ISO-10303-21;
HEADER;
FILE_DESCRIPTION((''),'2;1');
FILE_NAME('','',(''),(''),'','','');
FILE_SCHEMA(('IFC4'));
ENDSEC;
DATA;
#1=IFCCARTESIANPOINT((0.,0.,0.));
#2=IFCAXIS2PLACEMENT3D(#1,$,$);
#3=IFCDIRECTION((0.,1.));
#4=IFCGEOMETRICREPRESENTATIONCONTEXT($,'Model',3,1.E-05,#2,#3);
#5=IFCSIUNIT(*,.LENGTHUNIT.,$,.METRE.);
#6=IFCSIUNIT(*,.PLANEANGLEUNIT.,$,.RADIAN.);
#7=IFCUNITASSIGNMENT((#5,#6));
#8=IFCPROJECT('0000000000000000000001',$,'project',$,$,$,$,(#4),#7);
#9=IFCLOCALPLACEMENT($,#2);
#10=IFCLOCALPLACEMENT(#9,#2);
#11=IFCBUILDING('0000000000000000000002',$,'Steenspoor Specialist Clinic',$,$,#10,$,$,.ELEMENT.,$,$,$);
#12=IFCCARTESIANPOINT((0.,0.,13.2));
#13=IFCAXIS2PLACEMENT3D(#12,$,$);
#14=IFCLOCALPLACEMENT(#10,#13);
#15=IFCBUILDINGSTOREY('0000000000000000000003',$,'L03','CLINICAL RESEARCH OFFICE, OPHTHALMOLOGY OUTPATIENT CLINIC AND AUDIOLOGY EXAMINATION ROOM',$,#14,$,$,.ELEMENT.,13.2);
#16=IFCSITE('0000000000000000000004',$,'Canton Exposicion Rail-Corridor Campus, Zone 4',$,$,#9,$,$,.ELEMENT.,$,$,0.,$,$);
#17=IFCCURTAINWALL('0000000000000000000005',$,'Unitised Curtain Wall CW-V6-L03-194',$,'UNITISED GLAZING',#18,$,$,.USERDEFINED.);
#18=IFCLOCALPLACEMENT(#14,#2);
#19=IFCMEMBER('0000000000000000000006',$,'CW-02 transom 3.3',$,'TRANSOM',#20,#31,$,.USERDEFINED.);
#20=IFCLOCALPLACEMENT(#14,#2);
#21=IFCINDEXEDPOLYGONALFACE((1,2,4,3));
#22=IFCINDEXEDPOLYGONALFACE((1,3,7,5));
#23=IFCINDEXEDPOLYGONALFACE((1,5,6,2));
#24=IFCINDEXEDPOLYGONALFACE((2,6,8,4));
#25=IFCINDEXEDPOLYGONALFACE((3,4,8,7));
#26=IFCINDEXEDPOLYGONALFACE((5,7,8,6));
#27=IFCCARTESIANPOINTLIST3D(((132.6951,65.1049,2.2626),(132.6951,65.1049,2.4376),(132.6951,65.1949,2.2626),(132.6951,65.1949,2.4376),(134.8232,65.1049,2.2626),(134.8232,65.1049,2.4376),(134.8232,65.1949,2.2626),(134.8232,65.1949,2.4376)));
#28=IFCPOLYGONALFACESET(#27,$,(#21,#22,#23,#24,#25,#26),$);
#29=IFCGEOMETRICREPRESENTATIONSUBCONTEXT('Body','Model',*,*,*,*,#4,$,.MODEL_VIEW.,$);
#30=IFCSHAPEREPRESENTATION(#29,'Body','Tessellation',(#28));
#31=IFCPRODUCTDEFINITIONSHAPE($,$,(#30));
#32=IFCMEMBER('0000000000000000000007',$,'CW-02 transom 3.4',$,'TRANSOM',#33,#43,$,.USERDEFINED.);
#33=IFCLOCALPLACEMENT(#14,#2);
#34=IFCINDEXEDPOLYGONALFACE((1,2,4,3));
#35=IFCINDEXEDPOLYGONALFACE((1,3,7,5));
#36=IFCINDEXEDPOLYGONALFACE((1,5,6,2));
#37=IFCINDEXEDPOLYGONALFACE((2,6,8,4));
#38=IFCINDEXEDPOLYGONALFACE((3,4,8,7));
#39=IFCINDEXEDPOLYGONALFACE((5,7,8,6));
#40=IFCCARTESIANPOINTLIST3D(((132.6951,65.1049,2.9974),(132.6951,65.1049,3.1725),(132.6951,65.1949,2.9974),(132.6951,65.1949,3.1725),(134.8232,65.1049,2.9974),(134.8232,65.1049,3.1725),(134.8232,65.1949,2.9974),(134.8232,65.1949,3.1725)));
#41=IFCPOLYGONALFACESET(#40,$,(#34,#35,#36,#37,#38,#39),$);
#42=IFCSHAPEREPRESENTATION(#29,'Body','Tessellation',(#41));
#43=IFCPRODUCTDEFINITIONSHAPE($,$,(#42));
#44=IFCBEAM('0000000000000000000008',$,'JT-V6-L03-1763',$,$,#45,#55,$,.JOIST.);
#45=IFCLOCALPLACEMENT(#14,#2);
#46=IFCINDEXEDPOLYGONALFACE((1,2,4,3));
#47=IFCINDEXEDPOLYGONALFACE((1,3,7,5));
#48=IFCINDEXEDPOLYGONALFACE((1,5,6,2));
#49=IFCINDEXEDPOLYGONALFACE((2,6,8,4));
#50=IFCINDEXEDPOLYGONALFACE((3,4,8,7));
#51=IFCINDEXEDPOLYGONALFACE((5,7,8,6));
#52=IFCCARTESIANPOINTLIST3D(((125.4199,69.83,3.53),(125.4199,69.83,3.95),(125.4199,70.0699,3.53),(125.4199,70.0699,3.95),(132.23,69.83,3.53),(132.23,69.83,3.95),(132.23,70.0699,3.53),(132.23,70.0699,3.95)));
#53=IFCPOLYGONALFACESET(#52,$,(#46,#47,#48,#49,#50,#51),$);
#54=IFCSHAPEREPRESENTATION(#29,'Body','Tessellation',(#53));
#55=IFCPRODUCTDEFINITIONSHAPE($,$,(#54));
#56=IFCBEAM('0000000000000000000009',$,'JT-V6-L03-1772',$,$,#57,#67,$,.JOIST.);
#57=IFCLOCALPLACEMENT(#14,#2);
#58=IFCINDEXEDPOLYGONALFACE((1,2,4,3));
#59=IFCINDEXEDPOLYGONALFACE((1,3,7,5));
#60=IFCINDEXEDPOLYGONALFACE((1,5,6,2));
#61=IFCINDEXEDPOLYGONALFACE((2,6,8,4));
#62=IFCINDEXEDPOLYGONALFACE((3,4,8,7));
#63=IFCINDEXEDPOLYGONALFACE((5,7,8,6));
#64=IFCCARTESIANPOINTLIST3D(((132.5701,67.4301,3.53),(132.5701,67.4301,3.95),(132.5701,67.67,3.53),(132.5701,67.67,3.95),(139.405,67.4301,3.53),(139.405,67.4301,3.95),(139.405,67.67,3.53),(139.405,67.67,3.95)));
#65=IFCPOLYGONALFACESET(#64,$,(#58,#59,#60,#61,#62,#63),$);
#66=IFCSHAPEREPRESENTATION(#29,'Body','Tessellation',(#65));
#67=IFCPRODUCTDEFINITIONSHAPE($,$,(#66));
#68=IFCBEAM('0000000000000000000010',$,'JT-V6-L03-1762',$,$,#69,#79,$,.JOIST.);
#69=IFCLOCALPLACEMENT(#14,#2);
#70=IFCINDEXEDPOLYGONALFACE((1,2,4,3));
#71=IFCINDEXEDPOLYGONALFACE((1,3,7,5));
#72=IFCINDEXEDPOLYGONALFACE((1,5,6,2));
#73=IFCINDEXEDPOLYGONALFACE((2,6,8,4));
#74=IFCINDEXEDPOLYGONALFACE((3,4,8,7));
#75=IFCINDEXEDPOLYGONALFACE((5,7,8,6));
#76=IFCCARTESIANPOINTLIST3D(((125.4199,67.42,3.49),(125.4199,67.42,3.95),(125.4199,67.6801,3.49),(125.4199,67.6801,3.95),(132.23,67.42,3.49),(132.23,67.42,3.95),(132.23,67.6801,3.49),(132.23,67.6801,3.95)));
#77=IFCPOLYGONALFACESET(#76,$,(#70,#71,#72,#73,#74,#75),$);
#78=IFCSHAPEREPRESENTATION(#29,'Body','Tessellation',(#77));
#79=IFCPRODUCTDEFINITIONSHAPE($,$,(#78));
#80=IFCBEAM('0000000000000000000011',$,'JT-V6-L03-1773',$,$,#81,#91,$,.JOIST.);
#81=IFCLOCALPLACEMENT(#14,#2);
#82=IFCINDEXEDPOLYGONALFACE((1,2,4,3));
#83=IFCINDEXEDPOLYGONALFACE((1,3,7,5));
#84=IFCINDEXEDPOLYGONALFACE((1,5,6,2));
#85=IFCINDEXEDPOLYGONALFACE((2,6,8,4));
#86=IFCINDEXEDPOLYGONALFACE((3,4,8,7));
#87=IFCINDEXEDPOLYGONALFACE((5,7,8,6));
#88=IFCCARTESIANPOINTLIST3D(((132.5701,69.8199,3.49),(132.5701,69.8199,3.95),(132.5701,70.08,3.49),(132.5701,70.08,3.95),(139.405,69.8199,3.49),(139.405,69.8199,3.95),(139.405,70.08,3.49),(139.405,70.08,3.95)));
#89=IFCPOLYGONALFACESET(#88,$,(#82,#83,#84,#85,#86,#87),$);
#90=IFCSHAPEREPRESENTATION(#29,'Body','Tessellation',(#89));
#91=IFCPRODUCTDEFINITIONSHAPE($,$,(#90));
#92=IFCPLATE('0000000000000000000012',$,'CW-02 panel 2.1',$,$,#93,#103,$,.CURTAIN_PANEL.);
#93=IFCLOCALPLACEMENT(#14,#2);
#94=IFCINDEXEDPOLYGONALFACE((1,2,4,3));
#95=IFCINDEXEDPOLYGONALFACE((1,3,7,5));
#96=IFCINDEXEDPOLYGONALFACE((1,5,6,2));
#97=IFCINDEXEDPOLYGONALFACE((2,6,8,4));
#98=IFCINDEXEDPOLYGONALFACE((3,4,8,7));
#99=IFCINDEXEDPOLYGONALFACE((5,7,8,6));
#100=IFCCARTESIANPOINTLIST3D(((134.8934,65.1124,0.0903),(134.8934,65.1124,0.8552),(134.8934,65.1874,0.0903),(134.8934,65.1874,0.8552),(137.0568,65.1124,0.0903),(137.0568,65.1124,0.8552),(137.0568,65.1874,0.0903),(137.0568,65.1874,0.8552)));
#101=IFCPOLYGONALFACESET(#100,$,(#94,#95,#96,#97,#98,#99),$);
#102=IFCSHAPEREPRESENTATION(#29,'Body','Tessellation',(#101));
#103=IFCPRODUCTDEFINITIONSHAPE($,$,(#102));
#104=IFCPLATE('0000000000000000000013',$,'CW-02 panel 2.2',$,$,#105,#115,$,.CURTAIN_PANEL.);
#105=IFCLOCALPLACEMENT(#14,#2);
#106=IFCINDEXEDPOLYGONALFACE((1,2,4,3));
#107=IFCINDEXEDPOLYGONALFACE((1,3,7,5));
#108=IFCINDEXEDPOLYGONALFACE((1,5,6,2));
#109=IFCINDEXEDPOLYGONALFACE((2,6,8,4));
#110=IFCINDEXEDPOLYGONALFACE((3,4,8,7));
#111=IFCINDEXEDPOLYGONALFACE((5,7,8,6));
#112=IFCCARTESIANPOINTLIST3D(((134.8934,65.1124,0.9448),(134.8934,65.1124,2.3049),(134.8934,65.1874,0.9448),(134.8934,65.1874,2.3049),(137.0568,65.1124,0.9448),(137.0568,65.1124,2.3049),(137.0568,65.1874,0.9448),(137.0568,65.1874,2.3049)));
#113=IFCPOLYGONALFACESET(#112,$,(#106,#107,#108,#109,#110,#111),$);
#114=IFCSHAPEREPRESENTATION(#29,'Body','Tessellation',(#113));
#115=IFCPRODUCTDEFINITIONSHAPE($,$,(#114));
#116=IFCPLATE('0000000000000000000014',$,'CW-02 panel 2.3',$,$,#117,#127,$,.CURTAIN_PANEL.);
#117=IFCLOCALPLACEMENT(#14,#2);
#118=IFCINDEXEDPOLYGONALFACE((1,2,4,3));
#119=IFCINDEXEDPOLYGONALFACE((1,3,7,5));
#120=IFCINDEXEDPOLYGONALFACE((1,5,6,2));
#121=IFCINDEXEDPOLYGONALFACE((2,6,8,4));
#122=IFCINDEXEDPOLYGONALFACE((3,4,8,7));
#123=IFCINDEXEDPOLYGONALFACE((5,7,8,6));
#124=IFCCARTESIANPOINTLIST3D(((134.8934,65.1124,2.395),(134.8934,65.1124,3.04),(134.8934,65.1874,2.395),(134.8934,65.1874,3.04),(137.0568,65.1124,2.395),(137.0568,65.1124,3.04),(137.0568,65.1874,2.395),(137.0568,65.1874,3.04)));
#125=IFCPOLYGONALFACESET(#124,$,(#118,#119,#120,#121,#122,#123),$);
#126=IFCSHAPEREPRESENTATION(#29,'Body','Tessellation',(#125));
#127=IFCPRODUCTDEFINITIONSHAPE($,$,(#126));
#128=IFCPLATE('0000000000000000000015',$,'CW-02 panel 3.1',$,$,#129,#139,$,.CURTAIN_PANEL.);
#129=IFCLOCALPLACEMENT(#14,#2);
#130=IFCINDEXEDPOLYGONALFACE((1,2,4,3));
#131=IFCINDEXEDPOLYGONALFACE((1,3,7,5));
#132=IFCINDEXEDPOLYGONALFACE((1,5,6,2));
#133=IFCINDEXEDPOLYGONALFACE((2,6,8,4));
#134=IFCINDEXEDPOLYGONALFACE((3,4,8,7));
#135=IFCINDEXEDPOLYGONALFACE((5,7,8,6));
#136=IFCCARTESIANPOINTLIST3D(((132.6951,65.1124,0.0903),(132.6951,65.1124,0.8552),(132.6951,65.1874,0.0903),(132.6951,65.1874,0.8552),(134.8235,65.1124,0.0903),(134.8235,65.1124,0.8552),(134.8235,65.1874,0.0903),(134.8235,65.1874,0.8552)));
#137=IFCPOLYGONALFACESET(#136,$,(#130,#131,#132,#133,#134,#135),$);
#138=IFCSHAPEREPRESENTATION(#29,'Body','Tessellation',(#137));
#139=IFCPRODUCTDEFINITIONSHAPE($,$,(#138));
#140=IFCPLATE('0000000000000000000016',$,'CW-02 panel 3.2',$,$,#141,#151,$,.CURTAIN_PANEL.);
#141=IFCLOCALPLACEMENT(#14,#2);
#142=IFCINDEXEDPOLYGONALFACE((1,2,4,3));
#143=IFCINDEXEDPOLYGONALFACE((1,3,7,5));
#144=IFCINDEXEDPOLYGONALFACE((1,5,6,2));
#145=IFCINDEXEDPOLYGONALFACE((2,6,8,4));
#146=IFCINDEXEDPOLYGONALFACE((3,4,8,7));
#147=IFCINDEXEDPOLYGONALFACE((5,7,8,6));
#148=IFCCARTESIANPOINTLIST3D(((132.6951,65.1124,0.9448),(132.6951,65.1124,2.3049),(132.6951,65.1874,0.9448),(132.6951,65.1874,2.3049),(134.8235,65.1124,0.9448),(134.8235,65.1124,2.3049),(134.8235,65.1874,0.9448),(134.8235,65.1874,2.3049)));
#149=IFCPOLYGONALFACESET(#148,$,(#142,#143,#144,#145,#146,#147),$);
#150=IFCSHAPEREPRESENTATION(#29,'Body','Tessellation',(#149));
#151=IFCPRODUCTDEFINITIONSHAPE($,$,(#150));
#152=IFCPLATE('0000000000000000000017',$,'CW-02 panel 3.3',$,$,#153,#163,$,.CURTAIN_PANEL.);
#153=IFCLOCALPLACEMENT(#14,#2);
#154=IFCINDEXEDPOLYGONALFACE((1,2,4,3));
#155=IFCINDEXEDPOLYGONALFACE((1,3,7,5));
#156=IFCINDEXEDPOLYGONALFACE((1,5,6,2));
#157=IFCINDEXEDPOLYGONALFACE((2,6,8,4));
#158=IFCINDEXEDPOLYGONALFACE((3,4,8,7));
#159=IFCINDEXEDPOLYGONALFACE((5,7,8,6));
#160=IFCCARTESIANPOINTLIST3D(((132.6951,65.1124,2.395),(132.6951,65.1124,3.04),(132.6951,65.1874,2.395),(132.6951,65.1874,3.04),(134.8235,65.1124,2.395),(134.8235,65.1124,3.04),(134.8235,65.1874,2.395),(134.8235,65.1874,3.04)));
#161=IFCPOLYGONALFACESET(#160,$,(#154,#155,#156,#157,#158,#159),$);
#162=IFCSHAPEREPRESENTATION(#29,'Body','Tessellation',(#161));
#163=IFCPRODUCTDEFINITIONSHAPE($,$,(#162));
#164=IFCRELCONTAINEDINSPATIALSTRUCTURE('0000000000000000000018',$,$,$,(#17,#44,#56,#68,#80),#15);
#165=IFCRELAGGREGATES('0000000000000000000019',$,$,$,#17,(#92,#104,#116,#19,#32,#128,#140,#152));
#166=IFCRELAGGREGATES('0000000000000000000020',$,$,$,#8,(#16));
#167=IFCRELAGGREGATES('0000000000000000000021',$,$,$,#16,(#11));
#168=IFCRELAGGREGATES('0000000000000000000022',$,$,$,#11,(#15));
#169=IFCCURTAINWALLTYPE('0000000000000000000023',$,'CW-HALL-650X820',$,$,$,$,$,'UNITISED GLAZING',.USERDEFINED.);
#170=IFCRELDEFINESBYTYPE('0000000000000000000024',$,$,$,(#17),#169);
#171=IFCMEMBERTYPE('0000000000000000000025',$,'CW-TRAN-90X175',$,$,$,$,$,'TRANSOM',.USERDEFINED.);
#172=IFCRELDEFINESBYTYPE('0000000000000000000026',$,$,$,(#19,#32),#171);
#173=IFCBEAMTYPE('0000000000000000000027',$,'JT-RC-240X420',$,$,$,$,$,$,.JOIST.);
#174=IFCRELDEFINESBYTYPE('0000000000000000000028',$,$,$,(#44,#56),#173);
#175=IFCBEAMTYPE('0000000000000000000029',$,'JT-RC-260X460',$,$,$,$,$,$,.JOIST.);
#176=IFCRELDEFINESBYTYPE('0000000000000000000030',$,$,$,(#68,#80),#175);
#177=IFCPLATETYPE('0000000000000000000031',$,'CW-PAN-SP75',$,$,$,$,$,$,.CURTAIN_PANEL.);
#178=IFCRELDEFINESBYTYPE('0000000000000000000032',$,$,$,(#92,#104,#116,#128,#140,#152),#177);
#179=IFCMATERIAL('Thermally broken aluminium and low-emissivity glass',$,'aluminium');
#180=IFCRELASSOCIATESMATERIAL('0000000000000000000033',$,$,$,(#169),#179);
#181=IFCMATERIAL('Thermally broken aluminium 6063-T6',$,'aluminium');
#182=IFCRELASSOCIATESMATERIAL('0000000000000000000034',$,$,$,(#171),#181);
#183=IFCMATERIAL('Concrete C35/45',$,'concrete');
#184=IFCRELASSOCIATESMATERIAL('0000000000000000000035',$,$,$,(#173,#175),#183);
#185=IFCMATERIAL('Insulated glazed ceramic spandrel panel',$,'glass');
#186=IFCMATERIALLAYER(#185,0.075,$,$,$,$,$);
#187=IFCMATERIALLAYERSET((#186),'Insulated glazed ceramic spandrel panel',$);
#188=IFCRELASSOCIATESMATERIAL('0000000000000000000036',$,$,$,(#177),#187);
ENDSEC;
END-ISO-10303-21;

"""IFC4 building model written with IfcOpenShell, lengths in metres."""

from ifc_helpers import new_model, si_unit, direction, frame, origin, origin_2d, place, context, subcontext, project, spatial, rectangle, extrude, material, layer, layer_set, material_profile, profile_set, type_object, element, aggregate, save


model = new_model("IFC4")

# Units and contexts
model_context = context("Model", 3, precision=1e-05, world=origin(), true_north=direction((0.0, 1.0)))
body_context = subcontext(model_context, "Body", "Model", "MODEL_VIEW")
ifc_project = project(units=[si_unit("LENGTHUNIT", "METRE"), si_unit("PLANEANGLEUNIT", "RADIAN")], contexts=[model_context])

# Site, building, storey
site_placement = place(None, origin())
site = spatial("IfcSite", under=ifc_project, at=site_placement, Name="Canton Exposicion Rail-Corridor Campus, Zone 4", CompositionType="ELEMENT", RefElevation=0.0)
building_placement = place(site_placement, origin())
building = spatial("IfcBuilding", under=site, at=building_placement, Name="Steenspoor Specialist Clinic", CompositionType="ELEMENT")
storey_placement = place(building_placement, frame((0.0, 0.0, 13.2)))
storey = spatial("IfcBuildingStorey", under=building, at=storey_placement, Name="L03", Description="CLINICAL RESEARCH OFFICE, OPHTHALMOLOGY OUTPATIENT CLINIC AND AUDIOLOGY EXAMINATION ROOM", CompositionType="ELEMENT", Elevation=13.2)

# Shared definitions
ifc_material_1 = material(Name="Concrete C35/45", Category="concrete")

# Shared definitions
ifc_material_2 = material(Name="Thermally broken aluminium and low-emissivity glass", Category="aluminium")
ifc_material_3 = material(Name="Thermally broken aluminium 6063-T6", Category="aluminium")

# Curtain wall, members
curtain_wall_type_1 = type_object("IfcCurtainWallType", Name="CW-HALL-650X820", ElementType="UNITISED GLAZING", PredefinedType="USERDEFINED", material=ifc_material_2)
curtain_wall_1_placement = place(storey_placement, origin())
curtain_wall_1 = element("IfcCurtainWall", 1, at=curtain_wall_1_placement, inside=storey, type_object=curtain_wall_type_1, Name="Unitised Curtain Wall CW-V6-L03-194", ObjectType="UNITISED GLAZING", PredefinedType="USERDEFINED")
ifc_material_profile_1 = material_profile(ifc_material_3, rectangle(XDim=0.0901, YDim=0.175, at=origin_2d()), Name="CWT-90X175")
ifc_profile_set_1 = profile_set([ifc_material_profile_1], Name="Thermally broken aluminium 6063-T6")
member_type_1 = type_object("IfcMemberType", Name="CW-TRAN-90X175", ElementType="TRANSOM", PredefinedType="USERDEFINED", material=ifc_profile_set_1)
member_1_placement = place(storey_placement, frame((134.8232, 65.1499, 2.3501), z_axis=(-1.0, 0.0, 0.0), x_axis=(0.0, -1.0, 0.0)))
member_1 = element("IfcMember", 2, at=member_1_placement, type_object=member_type_1, Name="CW-02 transom 3.3", ObjectType="TRANSOM", PredefinedType="USERDEFINED", context=body_context, shape_type="SweptSolid", body=[
    extrude(rectangle(XDim=0.0901, YDim=0.175, at=origin_2d()), origin(), (0.0, 0.0, 1.0), 2.1282),
])
member_2_placement = place(storey_placement, frame((134.8232, 65.1499, 3.085), z_axis=(-1.0, 0.0, 0.0), x_axis=(0.0, -1.0, 0.0)))
member_2 = element("IfcMember", 3, at=member_2_placement, type_object=member_type_1, Name="CW-02 transom 3.4", ObjectType="TRANSOM", PredefinedType="USERDEFINED", context=body_context, shape_type="SweptSolid", body=[
    extrude(rectangle(XDim=0.0901, YDim=0.175, at=origin_2d()), origin(), (0.0, 0.0, 1.0), 2.1282),
])

# Beams
ifc_material_profile_2 = material_profile(ifc_material_1, rectangle(XDim=0.24, YDim=0.4199, at=origin_2d()), Name="RC-JT-240X420")
ifc_profile_set_2 = profile_set([ifc_material_profile_2], Name="Concrete C35/45")
beam_type_1 = type_object("IfcBeamType", Name="JT-RC-240X420", PredefinedType="JOIST", material=ifc_profile_set_2)
beam_1_placement = place(storey_placement, frame((125.4199, 69.95, 3.74), z_axis=(1.0, 0.0, 0.0), x_axis=(0.0, 1.0, 0.0)))
element("IfcBeam", 4, at=beam_1_placement, inside=storey, type_object=beam_type_1, Name="JT-V6-L03-1763", PredefinedType="JOIST", context=body_context, shape_type="SweptSolid", body=[
    extrude(rectangle(XDim=0.24, YDim=0.4199, at=origin_2d()), origin(), (0.0, 0.0, 1.0), 6.8101),
])
beam_2_placement = place(storey_placement, frame((132.5701, 67.55, 3.74), z_axis=(1.0, 0.0, 0.0), x_axis=(0.0, 1.0, 0.0)))
element("IfcBeam", 5, at=beam_2_placement, inside=storey, type_object=beam_type_1, Name="JT-V6-L03-1772", PredefinedType="JOIST", context=body_context, shape_type="SweptSolid", body=[
    extrude(rectangle(XDim=0.24, YDim=0.4199, at=origin_2d()), origin(), (0.0, 0.0, 1.0), 6.835),
])
ifc_material_profile_3 = material_profile(ifc_material_1, rectangle(XDim=0.26, YDim=0.46, at=origin_2d()), Name="RC-JT-260X460")
ifc_profile_set_3 = profile_set([ifc_material_profile_3], Name="Concrete C35/45")
beam_type_2 = type_object("IfcBeamType", Name="JT-RC-260X460", PredefinedType="JOIST", material=ifc_profile_set_3)
beam_3_placement = place(storey_placement, frame((125.4199, 67.55, 3.72), z_axis=(1.0, 0.0, 0.0), x_axis=(0.0, 1.0, 0.0)))
element("IfcBeam", 6, at=beam_3_placement, inside=storey, type_object=beam_type_2, Name="JT-V6-L03-1762", PredefinedType="JOIST", context=body_context, shape_type="SweptSolid", body=[
    extrude(rectangle(XDim=0.26, YDim=0.46, at=origin_2d()), origin(), (0.0, 0.0, 1.0), 6.8101),
])
beam_4_placement = place(storey_placement, frame((132.5701, 69.95, 3.72), z_axis=(1.0, 0.0, 0.0), x_axis=(0.0, 1.0, 0.0)))
element("IfcBeam", 7, at=beam_4_placement, inside=storey, type_object=beam_type_2, Name="JT-V6-L03-1773", PredefinedType="JOIST", context=body_context, shape_type="SweptSolid", body=[
    extrude(rectangle(XDim=0.26, YDim=0.46, at=origin_2d()), origin(), (0.0, 0.0, 1.0), 6.835),
])

# Plates
ifc_material_4 = material(Name="Insulated glazed ceramic spandrel panel", Category="glass")
ifc_layer_1 = layer(ifc_material_4, 0.075)
ifc_layer_set_1 = layer_set([ifc_layer_1], Name="Insulated glazed ceramic spandrel panel")
plate_type = type_object("IfcPlateType", Name="CW-PAN-SP75", PredefinedType="CURTAIN_PANEL", material=ifc_layer_set_1)
plate_1_placement = place(storey_placement, frame((135.9751, 65.1499, 0.0903), z_axis=(0.0, 0.0, 1.0), x_axis=(-1.0, 0.0, 0.0)))
plate_1 = element("IfcPlate", 8, at=plate_1_placement, type_object=plate_type, Name="CW-02 panel 2.1", PredefinedType="CURTAIN_PANEL", context=body_context, shape_type="SweptSolid", body=[
    extrude(rectangle(XDim=2.1633, YDim=0.075, at=origin_2d()), origin(), (0.0, 0.0, 1.0), 0.7649),
])
plate_2_placement = place(storey_placement, frame((135.9751, 65.1499, 0.9448), z_axis=(0.0, 0.0, 1.0), x_axis=(-1.0, 0.0, 0.0)))
plate_2 = element("IfcPlate", 9, at=plate_2_placement, type_object=plate_type, Name="CW-02 panel 2.2", PredefinedType="CURTAIN_PANEL", context=body_context, shape_type="SweptSolid", body=[
    extrude(rectangle(XDim=2.1633, YDim=0.075, at=origin_2d()), origin(), (0.0, 0.0, 1.0), 1.3601),
])
plate_3_placement = place(storey_placement, frame((135.9751, 65.1499, 2.395), z_axis=(0.0, 0.0, 1.0), x_axis=(-1.0, 0.0, 0.0)))
plate_3 = element("IfcPlate", 10, at=plate_3_placement, type_object=plate_type, Name="CW-02 panel 2.3", PredefinedType="CURTAIN_PANEL", context=body_context, shape_type="SweptSolid", body=[
    extrude(rectangle(XDim=2.1633, YDim=0.075, at=origin_2d()), origin(), (0.0, 0.0, 1.0), 0.645),
])
plate_4_placement = place(storey_placement, frame((133.7593, 65.1499, 0.0903), z_axis=(0.0, 0.0, 1.0), x_axis=(-1.0, 0.0, 0.0)))
plate_4 = element("IfcPlate", 11, at=plate_4_placement, type_object=plate_type, Name="CW-02 panel 3.1", PredefinedType="CURTAIN_PANEL", context=body_context, shape_type="SweptSolid", body=[
    extrude(rectangle(XDim=2.1284, YDim=0.075, at=origin_2d()), origin(), (0.0, 0.0, 1.0), 0.7649),
])
plate_5_placement = place(storey_placement, frame((133.7593, 65.1499, 0.9448), z_axis=(0.0, 0.0, 1.0), x_axis=(-1.0, 0.0, 0.0)))
plate_5 = element("IfcPlate", 12, at=plate_5_placement, type_object=plate_type, Name="CW-02 panel 3.2", PredefinedType="CURTAIN_PANEL", context=body_context, shape_type="SweptSolid", body=[
    extrude(rectangle(XDim=2.1284, YDim=0.075, at=origin_2d()), origin(), (0.0, 0.0, 1.0), 1.3601),
])
plate_6_placement = place(storey_placement, frame((133.7593, 65.1499, 2.395), z_axis=(0.0, 0.0, 1.0), x_axis=(-1.0, 0.0, 0.0)))
plate_6 = element("IfcPlate", 13, at=plate_6_placement, type_object=plate_type, Name="CW-02 panel 3.3", PredefinedType="CURTAIN_PANEL", context=body_context, shape_type="SweptSolid", body=[
    extrude(rectangle(XDim=2.1284, YDim=0.075, at=origin_2d()), origin(), (0.0, 0.0, 1.0), 0.645),
])
aggregate(curtain_wall_1, [plate_1, plate_2, plate_3, member_1, member_2, plate_4, plate_5, plate_6])

save(model, "model.ifc")
